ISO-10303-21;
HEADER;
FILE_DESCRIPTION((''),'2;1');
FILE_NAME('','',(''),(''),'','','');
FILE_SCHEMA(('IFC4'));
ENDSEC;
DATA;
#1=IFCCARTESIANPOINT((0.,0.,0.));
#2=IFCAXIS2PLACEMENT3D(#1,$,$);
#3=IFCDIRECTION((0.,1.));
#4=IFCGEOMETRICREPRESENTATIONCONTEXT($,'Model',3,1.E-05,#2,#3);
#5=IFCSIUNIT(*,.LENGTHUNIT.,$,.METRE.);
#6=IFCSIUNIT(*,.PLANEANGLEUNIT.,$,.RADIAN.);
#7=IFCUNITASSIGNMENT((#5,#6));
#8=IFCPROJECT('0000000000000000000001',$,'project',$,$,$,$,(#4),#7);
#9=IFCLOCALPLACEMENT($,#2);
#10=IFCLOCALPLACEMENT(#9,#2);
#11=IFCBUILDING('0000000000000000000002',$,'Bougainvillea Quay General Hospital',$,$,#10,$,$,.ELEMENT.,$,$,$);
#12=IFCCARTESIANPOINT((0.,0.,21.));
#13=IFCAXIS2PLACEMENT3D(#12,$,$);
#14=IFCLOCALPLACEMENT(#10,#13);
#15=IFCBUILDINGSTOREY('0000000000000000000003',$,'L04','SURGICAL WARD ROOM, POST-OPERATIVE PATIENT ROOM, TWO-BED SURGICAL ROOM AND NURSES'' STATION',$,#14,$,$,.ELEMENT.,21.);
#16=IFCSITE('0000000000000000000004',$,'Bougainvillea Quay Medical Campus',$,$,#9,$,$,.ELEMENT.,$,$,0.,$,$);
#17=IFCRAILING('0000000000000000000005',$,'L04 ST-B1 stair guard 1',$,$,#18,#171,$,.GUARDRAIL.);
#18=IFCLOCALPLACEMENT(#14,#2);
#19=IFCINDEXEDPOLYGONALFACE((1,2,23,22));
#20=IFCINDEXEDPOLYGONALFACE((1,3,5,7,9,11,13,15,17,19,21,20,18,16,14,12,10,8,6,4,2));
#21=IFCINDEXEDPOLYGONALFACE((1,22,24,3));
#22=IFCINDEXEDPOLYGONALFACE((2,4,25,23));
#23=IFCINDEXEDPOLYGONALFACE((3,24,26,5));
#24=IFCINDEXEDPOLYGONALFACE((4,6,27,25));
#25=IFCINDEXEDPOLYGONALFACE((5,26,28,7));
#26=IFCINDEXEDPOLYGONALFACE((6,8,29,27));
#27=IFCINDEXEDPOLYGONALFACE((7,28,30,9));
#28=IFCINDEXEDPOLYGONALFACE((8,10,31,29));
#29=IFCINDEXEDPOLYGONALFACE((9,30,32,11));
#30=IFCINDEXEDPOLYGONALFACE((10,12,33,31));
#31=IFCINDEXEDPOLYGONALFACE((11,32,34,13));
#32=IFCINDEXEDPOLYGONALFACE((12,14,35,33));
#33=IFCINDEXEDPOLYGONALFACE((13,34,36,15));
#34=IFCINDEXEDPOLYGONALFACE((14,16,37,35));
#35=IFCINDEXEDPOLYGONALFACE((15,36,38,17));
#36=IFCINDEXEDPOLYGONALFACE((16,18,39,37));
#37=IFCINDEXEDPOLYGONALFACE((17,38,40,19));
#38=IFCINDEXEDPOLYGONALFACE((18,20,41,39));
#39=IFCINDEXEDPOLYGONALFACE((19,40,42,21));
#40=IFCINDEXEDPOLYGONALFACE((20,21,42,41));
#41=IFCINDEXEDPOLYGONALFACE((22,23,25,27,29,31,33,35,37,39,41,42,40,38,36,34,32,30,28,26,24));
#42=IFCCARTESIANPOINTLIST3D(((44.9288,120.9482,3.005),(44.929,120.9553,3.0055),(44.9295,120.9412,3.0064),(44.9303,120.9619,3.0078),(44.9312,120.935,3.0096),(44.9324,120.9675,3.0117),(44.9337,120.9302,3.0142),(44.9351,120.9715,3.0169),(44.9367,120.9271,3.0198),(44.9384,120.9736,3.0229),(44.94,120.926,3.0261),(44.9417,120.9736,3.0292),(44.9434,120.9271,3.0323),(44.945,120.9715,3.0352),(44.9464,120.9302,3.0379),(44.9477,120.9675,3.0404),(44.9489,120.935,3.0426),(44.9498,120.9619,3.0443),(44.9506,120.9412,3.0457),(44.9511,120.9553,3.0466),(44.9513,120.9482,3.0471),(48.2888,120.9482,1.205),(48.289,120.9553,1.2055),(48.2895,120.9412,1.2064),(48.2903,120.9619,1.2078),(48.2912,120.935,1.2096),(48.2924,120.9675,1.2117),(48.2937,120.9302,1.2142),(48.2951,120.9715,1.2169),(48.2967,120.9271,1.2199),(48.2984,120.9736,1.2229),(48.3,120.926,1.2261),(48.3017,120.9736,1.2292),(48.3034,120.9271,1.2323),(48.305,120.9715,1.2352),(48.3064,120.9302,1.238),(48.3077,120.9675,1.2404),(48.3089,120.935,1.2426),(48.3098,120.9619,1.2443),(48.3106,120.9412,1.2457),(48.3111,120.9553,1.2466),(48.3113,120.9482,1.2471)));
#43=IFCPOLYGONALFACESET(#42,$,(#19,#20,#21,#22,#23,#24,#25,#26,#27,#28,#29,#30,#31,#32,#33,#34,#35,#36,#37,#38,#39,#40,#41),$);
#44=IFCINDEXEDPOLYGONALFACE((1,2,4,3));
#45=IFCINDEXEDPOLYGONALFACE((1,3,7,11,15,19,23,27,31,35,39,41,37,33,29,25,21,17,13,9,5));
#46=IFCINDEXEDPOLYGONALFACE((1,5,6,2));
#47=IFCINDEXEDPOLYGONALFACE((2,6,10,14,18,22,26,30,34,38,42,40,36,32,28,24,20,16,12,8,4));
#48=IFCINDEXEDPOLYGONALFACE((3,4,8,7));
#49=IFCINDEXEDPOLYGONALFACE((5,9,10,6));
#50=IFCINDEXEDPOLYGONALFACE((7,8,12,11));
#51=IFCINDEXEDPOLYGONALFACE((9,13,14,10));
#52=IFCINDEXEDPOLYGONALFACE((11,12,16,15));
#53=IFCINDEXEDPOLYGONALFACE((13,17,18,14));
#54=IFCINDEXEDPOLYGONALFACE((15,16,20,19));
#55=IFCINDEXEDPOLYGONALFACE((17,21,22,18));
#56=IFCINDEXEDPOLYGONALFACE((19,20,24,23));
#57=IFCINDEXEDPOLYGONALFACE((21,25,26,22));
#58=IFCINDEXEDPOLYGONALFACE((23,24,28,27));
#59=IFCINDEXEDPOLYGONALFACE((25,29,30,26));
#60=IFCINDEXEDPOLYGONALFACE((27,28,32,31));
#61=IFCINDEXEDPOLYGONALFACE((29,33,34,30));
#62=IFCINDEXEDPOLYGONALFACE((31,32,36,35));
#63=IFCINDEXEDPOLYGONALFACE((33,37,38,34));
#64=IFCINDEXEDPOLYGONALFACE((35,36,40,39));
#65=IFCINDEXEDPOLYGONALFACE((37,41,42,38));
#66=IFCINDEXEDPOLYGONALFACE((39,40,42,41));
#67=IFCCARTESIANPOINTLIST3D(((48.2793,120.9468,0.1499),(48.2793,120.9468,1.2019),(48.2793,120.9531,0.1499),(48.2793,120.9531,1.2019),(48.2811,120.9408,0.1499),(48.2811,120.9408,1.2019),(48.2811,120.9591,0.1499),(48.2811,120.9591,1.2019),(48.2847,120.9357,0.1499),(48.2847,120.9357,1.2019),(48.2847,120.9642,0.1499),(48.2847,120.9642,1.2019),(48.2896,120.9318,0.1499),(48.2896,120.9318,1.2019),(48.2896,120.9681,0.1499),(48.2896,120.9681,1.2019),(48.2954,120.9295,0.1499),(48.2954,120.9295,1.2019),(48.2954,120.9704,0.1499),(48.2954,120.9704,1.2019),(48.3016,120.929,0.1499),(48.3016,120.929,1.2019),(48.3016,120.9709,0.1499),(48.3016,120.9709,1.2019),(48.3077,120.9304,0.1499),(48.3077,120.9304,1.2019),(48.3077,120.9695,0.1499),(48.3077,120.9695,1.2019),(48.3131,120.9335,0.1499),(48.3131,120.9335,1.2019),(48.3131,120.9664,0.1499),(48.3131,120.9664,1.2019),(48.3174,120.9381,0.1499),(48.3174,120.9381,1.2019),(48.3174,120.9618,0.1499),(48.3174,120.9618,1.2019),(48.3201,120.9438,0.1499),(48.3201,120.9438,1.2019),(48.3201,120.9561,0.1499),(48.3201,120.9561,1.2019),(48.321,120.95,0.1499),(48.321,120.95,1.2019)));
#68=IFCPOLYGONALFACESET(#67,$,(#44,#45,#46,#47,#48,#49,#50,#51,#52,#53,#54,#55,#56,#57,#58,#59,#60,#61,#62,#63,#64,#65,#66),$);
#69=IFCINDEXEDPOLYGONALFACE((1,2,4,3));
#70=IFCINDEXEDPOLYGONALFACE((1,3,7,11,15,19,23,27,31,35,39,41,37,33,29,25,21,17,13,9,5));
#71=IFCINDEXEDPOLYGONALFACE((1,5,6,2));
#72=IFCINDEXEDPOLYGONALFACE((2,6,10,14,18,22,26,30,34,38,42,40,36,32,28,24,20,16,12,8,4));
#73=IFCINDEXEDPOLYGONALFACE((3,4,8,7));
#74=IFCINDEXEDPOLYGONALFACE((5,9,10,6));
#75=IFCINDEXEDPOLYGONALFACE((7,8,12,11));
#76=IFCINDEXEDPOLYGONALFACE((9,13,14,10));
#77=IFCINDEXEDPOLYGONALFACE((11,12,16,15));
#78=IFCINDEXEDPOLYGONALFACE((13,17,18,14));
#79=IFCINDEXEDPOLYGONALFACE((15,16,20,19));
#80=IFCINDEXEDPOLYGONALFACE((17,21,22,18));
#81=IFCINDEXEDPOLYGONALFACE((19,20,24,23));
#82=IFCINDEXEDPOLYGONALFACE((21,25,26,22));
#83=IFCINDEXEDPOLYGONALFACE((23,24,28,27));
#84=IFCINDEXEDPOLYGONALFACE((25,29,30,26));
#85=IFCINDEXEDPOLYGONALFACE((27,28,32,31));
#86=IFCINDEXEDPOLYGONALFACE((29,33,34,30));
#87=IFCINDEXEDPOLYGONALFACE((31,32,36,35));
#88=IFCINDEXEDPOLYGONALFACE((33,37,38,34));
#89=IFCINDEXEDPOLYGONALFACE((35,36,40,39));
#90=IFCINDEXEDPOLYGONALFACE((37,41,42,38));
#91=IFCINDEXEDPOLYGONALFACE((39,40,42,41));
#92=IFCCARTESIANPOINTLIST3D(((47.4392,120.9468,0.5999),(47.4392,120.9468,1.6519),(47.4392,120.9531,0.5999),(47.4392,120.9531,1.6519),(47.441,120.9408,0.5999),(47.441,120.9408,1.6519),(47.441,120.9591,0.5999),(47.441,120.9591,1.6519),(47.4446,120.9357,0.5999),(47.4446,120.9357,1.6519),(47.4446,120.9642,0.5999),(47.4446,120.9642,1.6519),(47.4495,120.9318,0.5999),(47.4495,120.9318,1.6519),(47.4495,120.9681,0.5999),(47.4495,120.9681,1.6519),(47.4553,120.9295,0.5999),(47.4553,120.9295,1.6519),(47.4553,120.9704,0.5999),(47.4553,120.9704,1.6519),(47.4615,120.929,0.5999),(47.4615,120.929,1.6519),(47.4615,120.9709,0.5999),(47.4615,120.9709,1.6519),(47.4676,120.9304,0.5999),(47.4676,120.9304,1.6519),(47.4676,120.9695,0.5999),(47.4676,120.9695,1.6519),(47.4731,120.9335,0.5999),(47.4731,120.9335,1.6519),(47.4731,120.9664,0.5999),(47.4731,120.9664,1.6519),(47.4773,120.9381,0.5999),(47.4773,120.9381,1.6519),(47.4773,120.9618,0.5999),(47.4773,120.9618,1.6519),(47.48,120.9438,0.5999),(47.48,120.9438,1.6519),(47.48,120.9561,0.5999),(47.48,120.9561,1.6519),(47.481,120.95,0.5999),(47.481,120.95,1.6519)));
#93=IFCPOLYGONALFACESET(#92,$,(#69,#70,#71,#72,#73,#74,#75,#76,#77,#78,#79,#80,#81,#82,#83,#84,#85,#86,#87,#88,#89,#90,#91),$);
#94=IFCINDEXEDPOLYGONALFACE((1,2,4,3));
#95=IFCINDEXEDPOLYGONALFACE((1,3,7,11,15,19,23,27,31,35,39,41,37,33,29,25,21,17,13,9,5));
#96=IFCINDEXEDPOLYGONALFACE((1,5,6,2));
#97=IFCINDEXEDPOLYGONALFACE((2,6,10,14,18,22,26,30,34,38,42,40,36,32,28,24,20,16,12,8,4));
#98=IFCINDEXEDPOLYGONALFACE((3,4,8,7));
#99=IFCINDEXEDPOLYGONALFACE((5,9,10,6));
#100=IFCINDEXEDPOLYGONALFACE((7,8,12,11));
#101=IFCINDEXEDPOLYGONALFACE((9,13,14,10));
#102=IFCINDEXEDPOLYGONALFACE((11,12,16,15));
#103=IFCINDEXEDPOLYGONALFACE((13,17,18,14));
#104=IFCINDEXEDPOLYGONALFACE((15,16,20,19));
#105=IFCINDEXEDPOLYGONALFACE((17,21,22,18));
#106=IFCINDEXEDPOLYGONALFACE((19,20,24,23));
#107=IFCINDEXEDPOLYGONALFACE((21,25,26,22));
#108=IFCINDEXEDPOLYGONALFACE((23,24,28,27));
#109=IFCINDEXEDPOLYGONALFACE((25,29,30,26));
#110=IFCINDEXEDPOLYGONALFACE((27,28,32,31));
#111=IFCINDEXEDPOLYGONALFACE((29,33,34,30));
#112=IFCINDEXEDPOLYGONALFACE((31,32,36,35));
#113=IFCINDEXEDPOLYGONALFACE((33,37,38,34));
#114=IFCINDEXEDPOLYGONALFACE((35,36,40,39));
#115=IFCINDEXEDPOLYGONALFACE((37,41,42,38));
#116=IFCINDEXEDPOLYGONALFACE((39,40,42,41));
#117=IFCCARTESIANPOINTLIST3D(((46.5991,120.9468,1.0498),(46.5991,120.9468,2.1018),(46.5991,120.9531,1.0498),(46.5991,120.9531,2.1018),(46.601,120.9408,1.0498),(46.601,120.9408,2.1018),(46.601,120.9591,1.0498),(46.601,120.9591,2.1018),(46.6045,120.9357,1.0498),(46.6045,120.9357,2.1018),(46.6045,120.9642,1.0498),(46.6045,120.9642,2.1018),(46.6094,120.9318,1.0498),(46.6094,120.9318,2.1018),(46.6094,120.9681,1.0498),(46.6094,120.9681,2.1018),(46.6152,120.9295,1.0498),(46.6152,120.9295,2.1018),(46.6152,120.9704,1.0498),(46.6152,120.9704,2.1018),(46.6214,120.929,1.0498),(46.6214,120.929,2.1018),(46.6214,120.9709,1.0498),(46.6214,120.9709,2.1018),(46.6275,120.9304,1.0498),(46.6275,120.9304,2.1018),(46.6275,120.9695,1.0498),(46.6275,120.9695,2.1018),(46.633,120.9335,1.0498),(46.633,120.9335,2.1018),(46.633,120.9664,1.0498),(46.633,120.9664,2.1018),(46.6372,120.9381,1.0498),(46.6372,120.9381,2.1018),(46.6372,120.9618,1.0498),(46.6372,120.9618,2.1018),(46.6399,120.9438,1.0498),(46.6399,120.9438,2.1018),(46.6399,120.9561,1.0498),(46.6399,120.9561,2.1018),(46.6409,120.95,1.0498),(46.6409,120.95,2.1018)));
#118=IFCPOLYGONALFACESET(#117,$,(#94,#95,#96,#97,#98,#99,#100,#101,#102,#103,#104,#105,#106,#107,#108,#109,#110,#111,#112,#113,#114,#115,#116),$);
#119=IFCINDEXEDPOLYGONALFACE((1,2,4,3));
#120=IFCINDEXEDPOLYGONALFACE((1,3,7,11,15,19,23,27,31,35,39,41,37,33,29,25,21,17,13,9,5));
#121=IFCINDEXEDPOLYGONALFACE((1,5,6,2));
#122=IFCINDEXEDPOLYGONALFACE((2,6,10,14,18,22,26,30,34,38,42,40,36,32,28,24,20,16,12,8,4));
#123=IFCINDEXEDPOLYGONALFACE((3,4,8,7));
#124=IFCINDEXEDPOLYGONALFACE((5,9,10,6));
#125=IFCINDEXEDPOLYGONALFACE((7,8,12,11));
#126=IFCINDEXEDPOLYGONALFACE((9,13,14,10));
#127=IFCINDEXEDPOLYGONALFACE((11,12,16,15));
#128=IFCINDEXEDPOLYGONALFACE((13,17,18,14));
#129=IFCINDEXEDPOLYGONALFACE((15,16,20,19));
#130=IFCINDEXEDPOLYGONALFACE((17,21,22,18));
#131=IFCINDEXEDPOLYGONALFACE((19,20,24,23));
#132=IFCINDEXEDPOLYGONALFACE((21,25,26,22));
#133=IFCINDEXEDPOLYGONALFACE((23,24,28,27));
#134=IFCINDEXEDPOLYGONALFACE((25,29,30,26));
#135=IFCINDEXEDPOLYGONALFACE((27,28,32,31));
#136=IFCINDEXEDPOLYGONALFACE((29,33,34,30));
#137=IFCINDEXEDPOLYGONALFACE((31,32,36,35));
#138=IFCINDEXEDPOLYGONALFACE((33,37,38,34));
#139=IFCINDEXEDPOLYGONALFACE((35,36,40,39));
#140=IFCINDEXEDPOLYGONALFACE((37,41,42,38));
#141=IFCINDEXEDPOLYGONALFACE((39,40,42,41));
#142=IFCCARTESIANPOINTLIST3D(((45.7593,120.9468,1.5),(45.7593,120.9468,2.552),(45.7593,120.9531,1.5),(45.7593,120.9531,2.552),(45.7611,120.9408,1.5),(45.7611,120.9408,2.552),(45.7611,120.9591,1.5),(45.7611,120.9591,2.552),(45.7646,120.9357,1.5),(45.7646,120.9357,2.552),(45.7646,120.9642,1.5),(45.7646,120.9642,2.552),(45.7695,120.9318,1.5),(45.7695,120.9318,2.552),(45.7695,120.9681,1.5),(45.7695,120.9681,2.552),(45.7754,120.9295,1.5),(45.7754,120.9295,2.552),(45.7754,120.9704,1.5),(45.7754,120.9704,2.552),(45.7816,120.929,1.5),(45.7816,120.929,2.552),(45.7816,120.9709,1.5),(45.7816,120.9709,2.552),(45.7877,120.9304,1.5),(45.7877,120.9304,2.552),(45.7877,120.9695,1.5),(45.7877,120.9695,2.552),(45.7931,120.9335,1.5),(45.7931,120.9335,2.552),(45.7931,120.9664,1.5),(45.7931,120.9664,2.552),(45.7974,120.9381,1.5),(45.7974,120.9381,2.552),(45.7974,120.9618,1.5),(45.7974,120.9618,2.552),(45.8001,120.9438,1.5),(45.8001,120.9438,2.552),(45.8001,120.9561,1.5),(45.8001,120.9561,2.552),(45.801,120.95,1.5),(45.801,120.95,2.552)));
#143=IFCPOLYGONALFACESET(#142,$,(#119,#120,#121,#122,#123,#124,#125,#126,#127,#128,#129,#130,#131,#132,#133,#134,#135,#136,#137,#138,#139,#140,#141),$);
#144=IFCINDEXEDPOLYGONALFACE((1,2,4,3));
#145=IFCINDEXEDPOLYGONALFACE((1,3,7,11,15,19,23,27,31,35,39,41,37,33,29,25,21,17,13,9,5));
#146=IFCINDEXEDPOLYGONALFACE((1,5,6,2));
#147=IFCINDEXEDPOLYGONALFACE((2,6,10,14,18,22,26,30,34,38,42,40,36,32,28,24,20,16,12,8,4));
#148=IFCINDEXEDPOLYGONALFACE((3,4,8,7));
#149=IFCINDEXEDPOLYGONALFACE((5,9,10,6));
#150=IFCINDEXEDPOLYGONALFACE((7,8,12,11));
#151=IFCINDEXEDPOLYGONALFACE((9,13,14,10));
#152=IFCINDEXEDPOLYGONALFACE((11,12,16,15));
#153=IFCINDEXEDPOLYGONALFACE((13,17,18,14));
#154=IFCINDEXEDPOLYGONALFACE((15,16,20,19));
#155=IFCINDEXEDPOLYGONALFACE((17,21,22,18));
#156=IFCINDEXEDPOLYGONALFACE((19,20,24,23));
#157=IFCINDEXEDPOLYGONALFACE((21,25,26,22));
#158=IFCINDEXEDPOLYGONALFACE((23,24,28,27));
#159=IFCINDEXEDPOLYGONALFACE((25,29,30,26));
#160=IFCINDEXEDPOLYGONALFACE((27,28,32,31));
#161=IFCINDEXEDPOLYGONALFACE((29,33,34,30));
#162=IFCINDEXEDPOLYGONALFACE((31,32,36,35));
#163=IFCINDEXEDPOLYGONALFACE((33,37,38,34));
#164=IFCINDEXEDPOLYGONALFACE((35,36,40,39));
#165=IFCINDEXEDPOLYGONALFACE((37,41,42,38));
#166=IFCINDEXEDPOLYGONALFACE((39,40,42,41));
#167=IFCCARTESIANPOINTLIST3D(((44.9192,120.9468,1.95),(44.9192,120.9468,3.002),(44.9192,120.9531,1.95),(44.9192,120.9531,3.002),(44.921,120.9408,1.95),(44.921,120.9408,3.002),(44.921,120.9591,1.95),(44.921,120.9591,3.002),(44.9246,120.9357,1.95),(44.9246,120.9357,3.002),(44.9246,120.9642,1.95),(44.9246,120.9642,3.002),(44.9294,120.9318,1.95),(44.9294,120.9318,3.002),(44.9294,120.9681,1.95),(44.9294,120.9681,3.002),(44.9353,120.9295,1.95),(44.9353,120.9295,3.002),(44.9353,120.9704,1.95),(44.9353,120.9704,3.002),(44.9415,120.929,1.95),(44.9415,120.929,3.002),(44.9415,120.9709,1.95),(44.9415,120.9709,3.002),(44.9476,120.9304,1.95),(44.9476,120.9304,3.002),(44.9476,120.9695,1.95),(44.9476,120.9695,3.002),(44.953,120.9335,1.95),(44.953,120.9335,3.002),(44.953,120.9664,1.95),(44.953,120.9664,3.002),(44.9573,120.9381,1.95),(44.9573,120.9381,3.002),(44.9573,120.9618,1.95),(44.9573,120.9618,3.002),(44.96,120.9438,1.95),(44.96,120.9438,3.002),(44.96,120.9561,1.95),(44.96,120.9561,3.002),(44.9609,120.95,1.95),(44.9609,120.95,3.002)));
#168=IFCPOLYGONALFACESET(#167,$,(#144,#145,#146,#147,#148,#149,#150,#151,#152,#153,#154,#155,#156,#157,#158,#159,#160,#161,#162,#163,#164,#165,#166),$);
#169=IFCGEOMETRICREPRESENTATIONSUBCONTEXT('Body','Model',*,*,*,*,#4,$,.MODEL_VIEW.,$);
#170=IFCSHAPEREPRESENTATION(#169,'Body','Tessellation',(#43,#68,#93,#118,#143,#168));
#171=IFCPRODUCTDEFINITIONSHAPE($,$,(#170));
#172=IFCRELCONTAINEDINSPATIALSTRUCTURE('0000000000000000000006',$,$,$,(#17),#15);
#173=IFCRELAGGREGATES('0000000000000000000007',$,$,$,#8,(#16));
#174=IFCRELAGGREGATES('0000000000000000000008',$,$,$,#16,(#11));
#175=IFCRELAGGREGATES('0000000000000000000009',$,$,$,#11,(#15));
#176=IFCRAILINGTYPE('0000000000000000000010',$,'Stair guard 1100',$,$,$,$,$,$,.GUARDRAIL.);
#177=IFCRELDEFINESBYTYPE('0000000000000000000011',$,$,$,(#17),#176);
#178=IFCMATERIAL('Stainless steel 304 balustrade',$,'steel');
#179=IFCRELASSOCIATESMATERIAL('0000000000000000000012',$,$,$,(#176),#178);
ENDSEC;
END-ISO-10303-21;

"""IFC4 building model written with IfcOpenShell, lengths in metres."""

from ifc_helpers import new_model, si_unit, direction, frame, origin, origin_2d, place, context, subcontext, project, spatial, circle, extrude, material, type_object, element, save


model = new_model("IFC4")

# Units and contexts
model_context = context("Model", 3, precision=1e-05, world=origin(), true_north=direction((0.0, 1.0)))
body_context = subcontext(model_context, "Body", "Model", "MODEL_VIEW")
ifc_project = project(units=[si_unit("LENGTHUNIT", "METRE"), si_unit("PLANEANGLEUNIT", "RADIAN")], contexts=[model_context])

# Site, building, storey
site_placement = place(None, origin())
site = spatial("IfcSite", under=ifc_project, at=site_placement, Name="Bougainvillea Quay Medical Campus", CompositionType="ELEMENT", RefElevation=0.0)
building_placement = place(site_placement, origin())
building = spatial("IfcBuilding", under=site, at=building_placement, Name="Bougainvillea Quay General Hospital", CompositionType="ELEMENT")
storey_placement = place(building_placement, frame((0.0, 0.0, 21.0)))
storey = spatial("IfcBuildingStorey", under=building, at=storey_placement, Name="L04", Description="SURGICAL WARD ROOM, POST-OPERATIVE PATIENT ROOM, TWO-BED SURGICAL ROOM AND NURSES' STATION", CompositionType="ELEMENT", Elevation=21.0)

# Railing
ifc_material_1 = material(Name="Stainless steel 304 balustrade", Category="steel")
railing_type_1 = type_object("IfcRailingType", Name="Stair guard 1100", PredefinedType="GUARDRAIL", material=ifc_material_1)
railing_1_placement = place(storey_placement, frame((48.3, 120.95, 0.1499)))
element("IfcRailing", 1, at=railing_1_placement, inside=storey, type_object=railing_type_1, Name="L04 ST-B1 stair guard 1", PredefinedType="GUARDRAIL", context=body_context, shape_type="SweptSolid", body=[
    extrude(circle(Radius=0.0239, at=origin_2d()), frame((0.0, 0.0, 1.0762), z_axis=(-0.881481, 0.0, 0.47222), x_axis=(0.0, -1.0, 0.0)), (0.0, 0.0, 1.0), 3.8118),
    extrude(circle(Radius=0.021, at=origin_2d()), origin(), (0.0, 0.0, 1.0), 1.052),
    extrude(circle(Radius=0.021, at=origin_2d()), frame((-0.8401, 0.0, 0.45)), (0.0, 0.0, 1.0), 1.052),
    extrude(circle(Radius=0.021, at=origin_2d()), frame((-1.6802, 0.0, 0.8999)), (0.0, 0.0, 1.0), 1.052),
    extrude(circle(Radius=0.021, at=origin_2d()), frame((-2.52, 0.0, 1.3501)), (0.0, 0.0, 1.0), 1.052),
    extrude(circle(Radius=0.021, at=origin_2d()), frame((-3.3601, 0.0, 1.8)), (0.0, 0.0, 1.0), 1.052),
])

save(model, "model.ifc")
